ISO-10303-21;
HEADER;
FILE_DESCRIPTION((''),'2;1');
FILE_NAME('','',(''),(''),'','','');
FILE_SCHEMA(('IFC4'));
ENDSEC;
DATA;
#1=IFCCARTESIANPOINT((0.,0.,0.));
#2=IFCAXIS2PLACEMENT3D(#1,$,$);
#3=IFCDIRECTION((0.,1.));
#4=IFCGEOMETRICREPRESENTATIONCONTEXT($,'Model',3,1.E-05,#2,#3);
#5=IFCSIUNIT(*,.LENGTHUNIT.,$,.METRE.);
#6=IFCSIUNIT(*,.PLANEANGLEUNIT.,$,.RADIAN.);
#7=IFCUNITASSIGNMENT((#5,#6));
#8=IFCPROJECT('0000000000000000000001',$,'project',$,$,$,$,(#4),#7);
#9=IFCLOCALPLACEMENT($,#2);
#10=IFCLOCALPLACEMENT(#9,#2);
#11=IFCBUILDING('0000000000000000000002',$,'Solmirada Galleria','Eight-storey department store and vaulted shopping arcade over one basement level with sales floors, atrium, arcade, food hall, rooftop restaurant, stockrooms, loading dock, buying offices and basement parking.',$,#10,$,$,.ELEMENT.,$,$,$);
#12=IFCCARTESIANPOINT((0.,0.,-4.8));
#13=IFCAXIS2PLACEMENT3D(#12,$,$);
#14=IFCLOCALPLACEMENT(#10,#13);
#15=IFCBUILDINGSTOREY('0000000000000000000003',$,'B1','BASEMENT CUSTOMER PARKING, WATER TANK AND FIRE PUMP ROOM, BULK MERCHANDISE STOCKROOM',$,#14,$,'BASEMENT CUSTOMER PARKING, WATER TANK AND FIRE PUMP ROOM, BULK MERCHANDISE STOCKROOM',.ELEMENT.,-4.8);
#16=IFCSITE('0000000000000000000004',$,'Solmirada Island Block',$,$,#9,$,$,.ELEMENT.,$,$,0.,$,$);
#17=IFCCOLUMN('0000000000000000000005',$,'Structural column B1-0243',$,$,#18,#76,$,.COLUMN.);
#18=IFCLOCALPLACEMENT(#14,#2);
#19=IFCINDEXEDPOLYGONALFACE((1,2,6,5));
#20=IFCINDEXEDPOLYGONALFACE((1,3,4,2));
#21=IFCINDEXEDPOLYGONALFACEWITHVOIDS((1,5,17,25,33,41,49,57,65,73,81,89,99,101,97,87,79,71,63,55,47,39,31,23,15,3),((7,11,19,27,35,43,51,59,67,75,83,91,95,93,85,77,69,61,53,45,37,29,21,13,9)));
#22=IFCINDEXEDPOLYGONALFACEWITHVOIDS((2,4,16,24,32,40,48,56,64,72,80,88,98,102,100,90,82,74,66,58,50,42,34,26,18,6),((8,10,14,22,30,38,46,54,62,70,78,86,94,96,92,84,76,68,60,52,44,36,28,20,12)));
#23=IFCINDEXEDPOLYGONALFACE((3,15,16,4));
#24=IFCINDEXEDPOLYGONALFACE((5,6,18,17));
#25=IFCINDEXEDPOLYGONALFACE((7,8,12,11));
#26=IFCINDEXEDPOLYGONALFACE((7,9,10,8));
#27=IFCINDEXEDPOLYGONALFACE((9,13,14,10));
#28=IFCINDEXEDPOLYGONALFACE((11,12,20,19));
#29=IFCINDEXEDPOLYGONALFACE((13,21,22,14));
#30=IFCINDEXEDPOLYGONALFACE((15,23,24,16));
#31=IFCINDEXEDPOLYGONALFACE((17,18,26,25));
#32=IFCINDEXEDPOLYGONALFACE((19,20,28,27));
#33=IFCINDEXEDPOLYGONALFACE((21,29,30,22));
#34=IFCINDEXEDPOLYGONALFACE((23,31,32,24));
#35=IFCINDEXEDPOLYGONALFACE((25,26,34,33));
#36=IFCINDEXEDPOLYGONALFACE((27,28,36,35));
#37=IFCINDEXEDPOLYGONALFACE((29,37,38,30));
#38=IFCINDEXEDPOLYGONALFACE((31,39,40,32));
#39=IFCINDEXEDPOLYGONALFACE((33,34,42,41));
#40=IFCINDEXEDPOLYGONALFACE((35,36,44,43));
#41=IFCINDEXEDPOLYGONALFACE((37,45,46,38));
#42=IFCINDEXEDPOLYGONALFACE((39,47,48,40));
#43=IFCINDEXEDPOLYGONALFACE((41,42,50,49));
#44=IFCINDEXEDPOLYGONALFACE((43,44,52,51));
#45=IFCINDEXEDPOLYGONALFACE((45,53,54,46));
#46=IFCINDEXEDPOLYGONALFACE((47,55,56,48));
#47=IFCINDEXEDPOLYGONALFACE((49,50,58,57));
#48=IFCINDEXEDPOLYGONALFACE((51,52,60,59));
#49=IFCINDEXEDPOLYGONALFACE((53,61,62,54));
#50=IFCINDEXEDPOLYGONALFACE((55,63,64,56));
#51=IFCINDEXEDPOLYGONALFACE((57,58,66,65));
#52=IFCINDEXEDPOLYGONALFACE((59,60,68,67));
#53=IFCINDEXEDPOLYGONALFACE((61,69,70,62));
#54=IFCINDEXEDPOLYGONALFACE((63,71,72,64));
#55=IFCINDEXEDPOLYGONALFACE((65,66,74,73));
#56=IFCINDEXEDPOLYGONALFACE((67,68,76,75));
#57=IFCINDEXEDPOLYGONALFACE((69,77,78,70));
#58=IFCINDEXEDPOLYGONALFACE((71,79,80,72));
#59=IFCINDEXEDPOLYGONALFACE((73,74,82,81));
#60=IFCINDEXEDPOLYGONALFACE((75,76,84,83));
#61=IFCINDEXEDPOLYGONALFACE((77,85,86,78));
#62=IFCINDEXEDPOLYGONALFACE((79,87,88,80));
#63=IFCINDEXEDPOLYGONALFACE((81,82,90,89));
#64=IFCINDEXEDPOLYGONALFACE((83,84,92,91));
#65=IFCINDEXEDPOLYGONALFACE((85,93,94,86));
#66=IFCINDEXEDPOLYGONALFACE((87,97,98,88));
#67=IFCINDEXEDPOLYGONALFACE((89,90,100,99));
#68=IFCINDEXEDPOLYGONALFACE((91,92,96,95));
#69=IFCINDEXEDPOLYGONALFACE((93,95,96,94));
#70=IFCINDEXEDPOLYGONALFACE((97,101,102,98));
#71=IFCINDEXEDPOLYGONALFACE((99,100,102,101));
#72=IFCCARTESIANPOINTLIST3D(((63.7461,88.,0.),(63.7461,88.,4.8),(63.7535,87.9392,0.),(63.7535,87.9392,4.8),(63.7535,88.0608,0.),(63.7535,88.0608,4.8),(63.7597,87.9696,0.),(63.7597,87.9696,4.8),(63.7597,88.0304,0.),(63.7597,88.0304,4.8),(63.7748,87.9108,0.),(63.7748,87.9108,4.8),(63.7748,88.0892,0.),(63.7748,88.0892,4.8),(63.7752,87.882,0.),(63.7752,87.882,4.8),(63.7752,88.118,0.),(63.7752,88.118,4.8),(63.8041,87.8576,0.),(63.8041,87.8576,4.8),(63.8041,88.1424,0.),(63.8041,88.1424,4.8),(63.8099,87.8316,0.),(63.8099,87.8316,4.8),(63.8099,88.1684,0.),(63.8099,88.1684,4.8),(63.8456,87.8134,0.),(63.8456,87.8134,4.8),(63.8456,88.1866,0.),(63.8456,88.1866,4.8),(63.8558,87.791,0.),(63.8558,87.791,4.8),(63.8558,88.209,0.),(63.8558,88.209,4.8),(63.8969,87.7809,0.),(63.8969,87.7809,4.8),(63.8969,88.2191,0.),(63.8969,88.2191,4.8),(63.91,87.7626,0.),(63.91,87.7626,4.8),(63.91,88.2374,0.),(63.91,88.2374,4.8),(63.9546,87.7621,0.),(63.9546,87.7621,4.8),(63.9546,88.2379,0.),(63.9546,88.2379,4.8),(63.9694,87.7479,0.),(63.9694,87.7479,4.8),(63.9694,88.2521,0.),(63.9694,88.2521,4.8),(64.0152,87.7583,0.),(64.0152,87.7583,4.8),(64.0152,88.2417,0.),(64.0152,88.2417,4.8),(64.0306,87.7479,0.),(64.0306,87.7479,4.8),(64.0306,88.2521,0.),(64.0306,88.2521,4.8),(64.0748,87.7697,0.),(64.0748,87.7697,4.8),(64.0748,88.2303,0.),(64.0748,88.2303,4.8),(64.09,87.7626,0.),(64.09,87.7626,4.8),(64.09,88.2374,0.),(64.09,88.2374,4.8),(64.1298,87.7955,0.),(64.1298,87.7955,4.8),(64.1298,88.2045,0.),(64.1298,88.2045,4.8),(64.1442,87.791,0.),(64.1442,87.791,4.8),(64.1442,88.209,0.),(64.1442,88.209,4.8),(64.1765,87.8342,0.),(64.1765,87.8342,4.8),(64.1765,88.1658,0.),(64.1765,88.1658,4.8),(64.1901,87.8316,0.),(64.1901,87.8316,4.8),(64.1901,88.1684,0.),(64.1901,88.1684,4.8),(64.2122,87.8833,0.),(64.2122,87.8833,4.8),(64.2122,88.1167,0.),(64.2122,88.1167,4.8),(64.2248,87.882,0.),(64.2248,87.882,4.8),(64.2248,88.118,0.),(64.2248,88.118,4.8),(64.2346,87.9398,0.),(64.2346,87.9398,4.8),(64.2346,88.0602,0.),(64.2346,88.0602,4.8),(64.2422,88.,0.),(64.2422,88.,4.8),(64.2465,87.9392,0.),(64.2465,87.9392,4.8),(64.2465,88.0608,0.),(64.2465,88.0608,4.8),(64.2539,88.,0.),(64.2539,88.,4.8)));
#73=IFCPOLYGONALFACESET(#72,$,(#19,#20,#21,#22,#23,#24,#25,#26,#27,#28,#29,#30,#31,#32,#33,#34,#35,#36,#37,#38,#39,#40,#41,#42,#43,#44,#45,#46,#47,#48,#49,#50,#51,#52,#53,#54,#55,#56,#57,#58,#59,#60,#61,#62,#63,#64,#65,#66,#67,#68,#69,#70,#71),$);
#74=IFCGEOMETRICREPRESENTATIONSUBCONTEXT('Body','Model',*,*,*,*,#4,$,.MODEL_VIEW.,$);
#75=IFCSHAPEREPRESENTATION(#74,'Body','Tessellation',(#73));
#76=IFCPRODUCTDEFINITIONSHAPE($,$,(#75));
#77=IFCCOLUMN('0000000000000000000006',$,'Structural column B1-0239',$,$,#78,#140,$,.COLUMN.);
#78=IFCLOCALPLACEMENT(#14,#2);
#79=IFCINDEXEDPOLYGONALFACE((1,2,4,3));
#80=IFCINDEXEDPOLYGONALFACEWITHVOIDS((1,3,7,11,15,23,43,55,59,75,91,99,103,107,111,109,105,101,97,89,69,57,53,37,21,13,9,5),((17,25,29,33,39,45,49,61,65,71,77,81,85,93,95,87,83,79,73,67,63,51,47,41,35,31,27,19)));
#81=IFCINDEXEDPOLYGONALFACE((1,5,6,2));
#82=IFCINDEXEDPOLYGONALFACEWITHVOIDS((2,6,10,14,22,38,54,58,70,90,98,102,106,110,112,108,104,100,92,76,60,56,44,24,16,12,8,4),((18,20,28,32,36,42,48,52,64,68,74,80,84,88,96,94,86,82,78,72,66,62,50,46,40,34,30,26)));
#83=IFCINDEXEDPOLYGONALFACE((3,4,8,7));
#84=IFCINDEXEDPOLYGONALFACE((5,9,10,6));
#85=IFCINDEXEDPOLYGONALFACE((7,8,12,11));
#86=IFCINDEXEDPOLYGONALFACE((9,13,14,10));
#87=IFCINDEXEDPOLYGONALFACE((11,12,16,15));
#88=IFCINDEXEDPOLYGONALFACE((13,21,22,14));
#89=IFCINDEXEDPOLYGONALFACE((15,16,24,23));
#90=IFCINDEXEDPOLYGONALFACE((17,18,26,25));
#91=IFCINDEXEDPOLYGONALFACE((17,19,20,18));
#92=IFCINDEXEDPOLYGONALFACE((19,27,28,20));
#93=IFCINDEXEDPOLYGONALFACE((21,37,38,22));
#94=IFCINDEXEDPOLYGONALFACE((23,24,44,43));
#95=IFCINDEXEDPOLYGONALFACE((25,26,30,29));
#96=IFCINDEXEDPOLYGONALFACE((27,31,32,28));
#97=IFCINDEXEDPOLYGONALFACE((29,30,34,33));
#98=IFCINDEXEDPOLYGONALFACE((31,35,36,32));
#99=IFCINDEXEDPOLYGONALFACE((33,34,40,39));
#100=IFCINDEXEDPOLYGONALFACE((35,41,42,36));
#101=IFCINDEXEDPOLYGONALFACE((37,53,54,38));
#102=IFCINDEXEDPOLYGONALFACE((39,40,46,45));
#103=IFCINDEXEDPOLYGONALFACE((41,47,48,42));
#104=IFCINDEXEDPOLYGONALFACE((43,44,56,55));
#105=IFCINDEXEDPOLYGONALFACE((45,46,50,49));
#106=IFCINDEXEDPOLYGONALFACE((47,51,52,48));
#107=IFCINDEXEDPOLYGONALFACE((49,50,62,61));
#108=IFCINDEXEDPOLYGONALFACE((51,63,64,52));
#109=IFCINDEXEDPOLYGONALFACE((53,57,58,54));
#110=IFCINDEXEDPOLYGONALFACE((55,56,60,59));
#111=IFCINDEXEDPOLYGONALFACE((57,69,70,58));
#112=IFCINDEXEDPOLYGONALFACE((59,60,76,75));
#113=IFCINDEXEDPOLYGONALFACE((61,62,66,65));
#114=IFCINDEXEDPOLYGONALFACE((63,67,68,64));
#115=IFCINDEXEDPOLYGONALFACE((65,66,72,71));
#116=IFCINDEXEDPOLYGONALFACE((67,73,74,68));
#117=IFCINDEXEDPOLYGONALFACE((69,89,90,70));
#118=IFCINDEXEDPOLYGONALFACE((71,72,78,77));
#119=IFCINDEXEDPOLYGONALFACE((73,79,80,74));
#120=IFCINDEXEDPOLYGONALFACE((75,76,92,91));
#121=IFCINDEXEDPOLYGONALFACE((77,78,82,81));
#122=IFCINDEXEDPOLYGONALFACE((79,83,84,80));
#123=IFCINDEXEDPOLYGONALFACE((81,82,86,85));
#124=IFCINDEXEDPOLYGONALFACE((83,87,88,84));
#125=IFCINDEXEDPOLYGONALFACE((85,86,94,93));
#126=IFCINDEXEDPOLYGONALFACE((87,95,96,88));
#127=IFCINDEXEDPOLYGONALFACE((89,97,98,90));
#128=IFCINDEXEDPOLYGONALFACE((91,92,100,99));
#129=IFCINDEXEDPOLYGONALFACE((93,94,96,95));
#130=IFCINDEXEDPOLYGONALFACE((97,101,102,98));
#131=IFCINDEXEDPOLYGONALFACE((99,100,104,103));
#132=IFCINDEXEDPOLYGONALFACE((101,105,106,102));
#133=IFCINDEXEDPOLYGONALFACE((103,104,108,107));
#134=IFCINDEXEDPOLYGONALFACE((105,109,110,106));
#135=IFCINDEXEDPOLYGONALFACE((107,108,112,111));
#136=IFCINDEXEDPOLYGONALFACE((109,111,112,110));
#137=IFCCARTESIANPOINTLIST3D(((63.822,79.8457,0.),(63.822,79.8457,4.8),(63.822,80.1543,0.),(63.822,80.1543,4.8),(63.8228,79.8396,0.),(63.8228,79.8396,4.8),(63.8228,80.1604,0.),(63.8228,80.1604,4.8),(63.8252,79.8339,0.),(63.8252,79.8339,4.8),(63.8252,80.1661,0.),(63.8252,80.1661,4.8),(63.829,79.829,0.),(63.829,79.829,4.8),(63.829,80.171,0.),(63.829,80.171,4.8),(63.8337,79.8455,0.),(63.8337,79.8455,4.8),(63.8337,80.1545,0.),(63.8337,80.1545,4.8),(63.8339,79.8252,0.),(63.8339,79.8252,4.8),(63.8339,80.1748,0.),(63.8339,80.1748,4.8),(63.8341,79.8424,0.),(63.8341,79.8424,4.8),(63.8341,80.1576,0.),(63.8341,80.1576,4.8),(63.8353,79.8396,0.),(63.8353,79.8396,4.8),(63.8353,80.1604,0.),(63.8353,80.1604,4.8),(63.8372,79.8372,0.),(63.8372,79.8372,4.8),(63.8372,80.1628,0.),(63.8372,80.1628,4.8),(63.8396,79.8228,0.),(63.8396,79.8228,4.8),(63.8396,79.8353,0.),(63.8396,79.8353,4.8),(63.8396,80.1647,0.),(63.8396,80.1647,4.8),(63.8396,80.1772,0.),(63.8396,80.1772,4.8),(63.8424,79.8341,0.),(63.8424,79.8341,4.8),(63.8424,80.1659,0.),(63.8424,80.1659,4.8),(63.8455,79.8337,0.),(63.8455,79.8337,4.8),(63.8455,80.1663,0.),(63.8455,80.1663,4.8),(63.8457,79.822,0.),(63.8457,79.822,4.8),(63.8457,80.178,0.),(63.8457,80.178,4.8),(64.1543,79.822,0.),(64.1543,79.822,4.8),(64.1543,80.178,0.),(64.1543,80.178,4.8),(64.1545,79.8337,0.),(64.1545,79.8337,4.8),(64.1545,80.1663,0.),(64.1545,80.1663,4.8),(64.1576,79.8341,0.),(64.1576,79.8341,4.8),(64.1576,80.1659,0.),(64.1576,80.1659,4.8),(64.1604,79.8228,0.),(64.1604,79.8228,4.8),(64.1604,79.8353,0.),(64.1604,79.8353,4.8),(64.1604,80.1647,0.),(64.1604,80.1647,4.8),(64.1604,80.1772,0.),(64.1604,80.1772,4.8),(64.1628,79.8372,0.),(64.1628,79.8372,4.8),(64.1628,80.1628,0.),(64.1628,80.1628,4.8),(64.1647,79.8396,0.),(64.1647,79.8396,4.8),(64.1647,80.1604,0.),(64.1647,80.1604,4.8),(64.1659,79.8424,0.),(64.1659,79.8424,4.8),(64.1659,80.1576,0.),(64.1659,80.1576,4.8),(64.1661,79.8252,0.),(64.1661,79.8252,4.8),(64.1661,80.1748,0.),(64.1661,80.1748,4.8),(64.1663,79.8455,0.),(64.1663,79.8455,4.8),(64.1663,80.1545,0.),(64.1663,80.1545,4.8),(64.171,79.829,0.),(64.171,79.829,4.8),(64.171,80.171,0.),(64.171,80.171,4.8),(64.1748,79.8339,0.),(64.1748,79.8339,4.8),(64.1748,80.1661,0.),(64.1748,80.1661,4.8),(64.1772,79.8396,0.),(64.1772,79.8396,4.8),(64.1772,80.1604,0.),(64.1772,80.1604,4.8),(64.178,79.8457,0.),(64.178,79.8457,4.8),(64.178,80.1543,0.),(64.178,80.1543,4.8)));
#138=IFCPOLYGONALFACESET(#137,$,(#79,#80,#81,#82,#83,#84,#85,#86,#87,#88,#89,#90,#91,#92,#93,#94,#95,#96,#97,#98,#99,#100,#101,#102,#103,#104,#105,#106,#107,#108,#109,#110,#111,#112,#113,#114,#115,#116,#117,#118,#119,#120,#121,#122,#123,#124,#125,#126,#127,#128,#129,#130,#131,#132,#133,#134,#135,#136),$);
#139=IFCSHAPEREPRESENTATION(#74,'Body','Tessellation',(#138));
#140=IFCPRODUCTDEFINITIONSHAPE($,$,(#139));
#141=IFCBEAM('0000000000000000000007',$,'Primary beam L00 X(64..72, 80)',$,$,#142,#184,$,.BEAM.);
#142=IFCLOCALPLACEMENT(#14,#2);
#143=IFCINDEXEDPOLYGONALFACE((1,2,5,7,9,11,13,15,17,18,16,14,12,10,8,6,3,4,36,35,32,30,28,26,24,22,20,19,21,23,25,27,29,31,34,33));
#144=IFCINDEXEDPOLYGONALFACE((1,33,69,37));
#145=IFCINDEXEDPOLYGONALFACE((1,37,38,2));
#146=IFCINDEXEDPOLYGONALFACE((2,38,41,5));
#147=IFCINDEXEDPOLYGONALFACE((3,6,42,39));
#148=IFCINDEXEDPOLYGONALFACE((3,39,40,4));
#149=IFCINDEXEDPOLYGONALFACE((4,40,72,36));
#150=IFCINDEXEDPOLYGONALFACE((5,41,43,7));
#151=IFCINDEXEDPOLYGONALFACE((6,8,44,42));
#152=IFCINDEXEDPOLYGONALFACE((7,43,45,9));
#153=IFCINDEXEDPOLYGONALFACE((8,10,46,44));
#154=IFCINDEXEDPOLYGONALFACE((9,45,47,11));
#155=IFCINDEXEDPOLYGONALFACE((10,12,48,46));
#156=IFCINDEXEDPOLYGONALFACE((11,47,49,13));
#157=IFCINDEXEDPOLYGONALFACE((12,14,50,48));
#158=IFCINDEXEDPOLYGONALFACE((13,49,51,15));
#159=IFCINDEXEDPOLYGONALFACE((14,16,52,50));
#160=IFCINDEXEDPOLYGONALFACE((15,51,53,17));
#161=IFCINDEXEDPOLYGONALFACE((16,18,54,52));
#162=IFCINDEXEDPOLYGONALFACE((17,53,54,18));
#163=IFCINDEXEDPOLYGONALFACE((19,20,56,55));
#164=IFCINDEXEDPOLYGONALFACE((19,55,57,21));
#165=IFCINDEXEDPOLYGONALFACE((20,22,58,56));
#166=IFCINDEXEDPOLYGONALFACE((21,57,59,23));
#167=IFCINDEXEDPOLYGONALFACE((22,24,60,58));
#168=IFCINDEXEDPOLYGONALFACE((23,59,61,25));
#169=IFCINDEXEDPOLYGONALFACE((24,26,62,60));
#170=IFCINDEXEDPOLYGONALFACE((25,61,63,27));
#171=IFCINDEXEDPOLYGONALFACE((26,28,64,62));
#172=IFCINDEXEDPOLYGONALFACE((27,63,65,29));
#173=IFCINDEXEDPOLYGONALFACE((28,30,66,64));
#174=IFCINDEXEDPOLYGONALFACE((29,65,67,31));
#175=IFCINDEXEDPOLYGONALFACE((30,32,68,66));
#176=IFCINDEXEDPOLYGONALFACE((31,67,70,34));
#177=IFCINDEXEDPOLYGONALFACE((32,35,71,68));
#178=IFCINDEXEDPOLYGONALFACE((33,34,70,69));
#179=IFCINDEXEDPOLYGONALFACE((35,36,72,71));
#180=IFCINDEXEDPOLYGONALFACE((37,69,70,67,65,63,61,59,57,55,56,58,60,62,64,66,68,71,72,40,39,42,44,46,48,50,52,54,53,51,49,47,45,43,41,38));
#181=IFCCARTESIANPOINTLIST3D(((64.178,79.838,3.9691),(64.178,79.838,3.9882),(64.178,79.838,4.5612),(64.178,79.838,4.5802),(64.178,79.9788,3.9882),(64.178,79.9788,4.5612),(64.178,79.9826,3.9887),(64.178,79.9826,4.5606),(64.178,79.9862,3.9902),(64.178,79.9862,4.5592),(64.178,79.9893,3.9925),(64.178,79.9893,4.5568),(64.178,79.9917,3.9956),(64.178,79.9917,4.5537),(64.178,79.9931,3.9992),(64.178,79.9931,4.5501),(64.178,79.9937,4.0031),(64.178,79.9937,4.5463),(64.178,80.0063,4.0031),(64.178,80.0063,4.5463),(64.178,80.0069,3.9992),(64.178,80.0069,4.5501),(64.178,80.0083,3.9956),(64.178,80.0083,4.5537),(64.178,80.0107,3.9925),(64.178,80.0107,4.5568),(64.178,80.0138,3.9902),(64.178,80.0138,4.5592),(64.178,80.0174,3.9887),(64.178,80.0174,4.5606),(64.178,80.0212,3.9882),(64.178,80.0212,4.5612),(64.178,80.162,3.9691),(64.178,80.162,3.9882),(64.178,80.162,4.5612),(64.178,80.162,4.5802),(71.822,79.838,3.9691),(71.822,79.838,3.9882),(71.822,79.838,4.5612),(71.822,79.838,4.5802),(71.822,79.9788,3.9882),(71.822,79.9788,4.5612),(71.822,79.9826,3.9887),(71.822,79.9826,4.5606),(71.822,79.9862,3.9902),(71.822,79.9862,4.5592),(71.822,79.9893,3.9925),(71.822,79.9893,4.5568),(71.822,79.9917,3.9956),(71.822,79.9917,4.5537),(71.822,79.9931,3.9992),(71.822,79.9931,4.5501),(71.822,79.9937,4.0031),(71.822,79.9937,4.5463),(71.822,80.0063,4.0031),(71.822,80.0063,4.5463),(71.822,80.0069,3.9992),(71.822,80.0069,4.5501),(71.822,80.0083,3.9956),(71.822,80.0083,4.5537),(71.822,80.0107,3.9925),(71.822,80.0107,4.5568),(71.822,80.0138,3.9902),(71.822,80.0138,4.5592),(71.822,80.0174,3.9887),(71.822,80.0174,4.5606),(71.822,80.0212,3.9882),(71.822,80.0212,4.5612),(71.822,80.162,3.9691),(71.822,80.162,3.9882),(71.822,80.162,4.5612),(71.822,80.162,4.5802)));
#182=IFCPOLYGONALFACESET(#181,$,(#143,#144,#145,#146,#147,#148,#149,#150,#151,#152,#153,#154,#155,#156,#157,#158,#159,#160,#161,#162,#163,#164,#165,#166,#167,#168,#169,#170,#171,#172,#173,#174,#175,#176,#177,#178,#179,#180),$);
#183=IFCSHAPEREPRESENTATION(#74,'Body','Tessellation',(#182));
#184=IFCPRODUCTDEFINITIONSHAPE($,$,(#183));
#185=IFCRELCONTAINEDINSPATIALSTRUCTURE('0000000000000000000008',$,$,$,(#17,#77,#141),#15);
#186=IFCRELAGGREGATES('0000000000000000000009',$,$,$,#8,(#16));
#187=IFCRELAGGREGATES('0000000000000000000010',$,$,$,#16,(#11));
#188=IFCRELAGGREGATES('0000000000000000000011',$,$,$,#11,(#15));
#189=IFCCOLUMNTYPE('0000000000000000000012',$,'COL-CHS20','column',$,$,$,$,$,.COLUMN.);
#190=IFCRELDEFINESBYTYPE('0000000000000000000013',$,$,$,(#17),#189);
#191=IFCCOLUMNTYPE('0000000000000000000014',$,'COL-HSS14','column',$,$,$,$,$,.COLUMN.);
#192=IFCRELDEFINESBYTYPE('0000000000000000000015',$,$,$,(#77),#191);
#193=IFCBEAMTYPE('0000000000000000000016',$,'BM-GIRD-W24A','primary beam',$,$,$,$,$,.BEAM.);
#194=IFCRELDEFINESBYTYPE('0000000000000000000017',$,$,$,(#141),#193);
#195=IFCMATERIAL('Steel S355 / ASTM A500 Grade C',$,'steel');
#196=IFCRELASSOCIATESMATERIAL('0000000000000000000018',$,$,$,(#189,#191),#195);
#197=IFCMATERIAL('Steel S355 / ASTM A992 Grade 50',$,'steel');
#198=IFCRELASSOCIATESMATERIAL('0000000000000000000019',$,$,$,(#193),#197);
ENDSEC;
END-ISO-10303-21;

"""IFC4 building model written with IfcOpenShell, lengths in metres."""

from ifc_helpers import new_model, si_unit, direction, frame, origin, origin_2d, place, context, subcontext, project, spatial, hollow_rectangle, hollow_circle, i_section, extrude, material, material_profile, profile_set, type_object, element, save


model = new_model("IFC4")

# Units and contexts
model_context = context("Model", 3, precision=1e-05, world=origin(), true_north=direction((0.0, 1.0)))
body_context = subcontext(model_context, "Body", "Model", "MODEL_VIEW")
ifc_project = project(units=[si_unit("LENGTHUNIT", "METRE"), si_unit("PLANEANGLEUNIT", "RADIAN")], contexts=[model_context])

# Site, building, storey
site_placement = place(None, origin())
site = spatial("IfcSite", under=ifc_project, at=site_placement, Name="Solmirada Island Block", CompositionType="ELEMENT", RefElevation=0.0)
building_placement = place(site_placement, origin())
building = spatial("IfcBuilding", under=site, at=building_placement, Name="Solmirada Galleria", Description="Eight-storey department store and vaulted shopping arcade over one basement level with sales floors, atrium, arcade, food hall, rooftop restaurant, stockrooms, loading dock, buying offices and basement parking.", CompositionType="ELEMENT")
storey_placement = place(building_placement, frame((0.0, 0.0, -4.8)))
storey = spatial("IfcBuildingStorey", under=building, at=storey_placement, Name="B1", Description="BASEMENT CUSTOMER PARKING, WATER TANK AND FIRE PUMP ROOM, BULK MERCHANDISE STOCKROOM", LongName="BASEMENT CUSTOMER PARKING, WATER TANK AND FIRE PUMP ROOM, BULK MERCHANDISE STOCKROOM", CompositionType="ELEMENT", Elevation=-4.8)

# Columns
ifc_material_1 = material(Name="Steel S355 / ASTM A500 Grade C", Category="steel")
ifc_material_profile_1 = material_profile(ifc_material_1, hollow_circle(Radius=0.2539, WallThickness=0.0117, at=origin_2d()), Name="HSS20.000X0.500")
ifc_profile_set_1 = profile_set([ifc_material_profile_1], Name="Steel S355 / ASTM A500 Grade C")
column_type_1 = type_object("IfcColumnType", Name="COL-CHS20", Description="column", PredefinedType="COLUMN", material=ifc_profile_set_1)
column_1_placement = place(storey_placement, frame((64.0, 88.0, 0.0), z_axis=(0.0, 0.0, 1.0), x_axis=(1.0, 0.0, 0.0)))
element("IfcColumn", 1, at=column_1_placement, inside=storey, type_object=column_type_1, Name="Structural column B1-0243", PredefinedType="COLUMN", context=body_context, shape_type="SweptSolid", body=[
    extrude(hollow_circle(Radius=0.2539, WallThickness=0.0117, at=origin_2d()), origin(), (0.0, 0.0, 1.0), 4.8),
])
ifc_material_profile_2 = material_profile(ifc_material_1, hollow_rectangle(XDim=0.356, YDim=0.356, WallThickness=0.0117, InnerFilletRadius=0.0117, OuterFilletRadius=0.0237, at=origin_2d()), Name="HSS14X14X1/2")
ifc_profile_set_2 = profile_set([ifc_material_profile_2], Name="Steel S355 / ASTM A500 Grade C")
column_type_2 = type_object("IfcColumnType", Name="COL-HSS14", Description="column", PredefinedType="COLUMN", material=ifc_profile_set_2)
column_2_placement = place(storey_placement, frame((64.0, 80.0, 0.0), z_axis=(0.0, 0.0, 1.0), x_axis=(1.0, 0.0, 0.0)))
element("IfcColumn", 2, at=column_2_placement, inside=storey, type_object=column_type_2, Name="Structural column B1-0239", PredefinedType="COLUMN", context=body_context, shape_type="SweptSolid", body=[
    extrude(hollow_rectangle(XDim=0.356, YDim=0.356, WallThickness=0.0117, InnerFilletRadius=0.0117, OuterFilletRadius=0.0237, at=origin_2d()), origin(), (0.0, 0.0, 1.0), 4.8),
])

# Beam
ifc_material_2 = material(Name="Steel S355 / ASTM A992 Grade 50", Category="steel")
ifc_material_profile_3 = material_profile(ifc_material_2, i_section(OverallWidth=0.324, OverallDepth=0.6111, WebThickness=0.0127, FlangeThickness=0.019, FilletRadius=0.0149, at=origin_2d()), Name="W24X104")
ifc_profile_set_3 = profile_set([ifc_material_profile_3], Name="Steel S355 / ASTM A992 Grade 50")
beam_type_1 = type_object("IfcBeamType", Name="BM-GIRD-W24A", Description="primary beam", PredefinedType="BEAM", material=ifc_profile_set_3)
beam_1_placement = place(storey_placement, frame((64.178, 80.0, 4.2747), z_axis=(1.0, 0.0, 0.0), x_axis=(0.0, 1.0, 0.0)))
element("IfcBeam", 3, at=beam_1_placement, inside=storey, type_object=beam_type_1, Name="Primary beam L00 X(64..72, 80)", PredefinedType="BEAM", context=body_context, shape_type="SweptSolid", body=[
    extrude(i_section(OverallWidth=0.324, OverallDepth=0.6111, WebThickness=0.0127, FlangeThickness=0.019, FilletRadius=0.0149, at=origin_2d()), origin(), (0.0, 0.0, 1.0), 7.644),
])

save(model, "model.ifc")
